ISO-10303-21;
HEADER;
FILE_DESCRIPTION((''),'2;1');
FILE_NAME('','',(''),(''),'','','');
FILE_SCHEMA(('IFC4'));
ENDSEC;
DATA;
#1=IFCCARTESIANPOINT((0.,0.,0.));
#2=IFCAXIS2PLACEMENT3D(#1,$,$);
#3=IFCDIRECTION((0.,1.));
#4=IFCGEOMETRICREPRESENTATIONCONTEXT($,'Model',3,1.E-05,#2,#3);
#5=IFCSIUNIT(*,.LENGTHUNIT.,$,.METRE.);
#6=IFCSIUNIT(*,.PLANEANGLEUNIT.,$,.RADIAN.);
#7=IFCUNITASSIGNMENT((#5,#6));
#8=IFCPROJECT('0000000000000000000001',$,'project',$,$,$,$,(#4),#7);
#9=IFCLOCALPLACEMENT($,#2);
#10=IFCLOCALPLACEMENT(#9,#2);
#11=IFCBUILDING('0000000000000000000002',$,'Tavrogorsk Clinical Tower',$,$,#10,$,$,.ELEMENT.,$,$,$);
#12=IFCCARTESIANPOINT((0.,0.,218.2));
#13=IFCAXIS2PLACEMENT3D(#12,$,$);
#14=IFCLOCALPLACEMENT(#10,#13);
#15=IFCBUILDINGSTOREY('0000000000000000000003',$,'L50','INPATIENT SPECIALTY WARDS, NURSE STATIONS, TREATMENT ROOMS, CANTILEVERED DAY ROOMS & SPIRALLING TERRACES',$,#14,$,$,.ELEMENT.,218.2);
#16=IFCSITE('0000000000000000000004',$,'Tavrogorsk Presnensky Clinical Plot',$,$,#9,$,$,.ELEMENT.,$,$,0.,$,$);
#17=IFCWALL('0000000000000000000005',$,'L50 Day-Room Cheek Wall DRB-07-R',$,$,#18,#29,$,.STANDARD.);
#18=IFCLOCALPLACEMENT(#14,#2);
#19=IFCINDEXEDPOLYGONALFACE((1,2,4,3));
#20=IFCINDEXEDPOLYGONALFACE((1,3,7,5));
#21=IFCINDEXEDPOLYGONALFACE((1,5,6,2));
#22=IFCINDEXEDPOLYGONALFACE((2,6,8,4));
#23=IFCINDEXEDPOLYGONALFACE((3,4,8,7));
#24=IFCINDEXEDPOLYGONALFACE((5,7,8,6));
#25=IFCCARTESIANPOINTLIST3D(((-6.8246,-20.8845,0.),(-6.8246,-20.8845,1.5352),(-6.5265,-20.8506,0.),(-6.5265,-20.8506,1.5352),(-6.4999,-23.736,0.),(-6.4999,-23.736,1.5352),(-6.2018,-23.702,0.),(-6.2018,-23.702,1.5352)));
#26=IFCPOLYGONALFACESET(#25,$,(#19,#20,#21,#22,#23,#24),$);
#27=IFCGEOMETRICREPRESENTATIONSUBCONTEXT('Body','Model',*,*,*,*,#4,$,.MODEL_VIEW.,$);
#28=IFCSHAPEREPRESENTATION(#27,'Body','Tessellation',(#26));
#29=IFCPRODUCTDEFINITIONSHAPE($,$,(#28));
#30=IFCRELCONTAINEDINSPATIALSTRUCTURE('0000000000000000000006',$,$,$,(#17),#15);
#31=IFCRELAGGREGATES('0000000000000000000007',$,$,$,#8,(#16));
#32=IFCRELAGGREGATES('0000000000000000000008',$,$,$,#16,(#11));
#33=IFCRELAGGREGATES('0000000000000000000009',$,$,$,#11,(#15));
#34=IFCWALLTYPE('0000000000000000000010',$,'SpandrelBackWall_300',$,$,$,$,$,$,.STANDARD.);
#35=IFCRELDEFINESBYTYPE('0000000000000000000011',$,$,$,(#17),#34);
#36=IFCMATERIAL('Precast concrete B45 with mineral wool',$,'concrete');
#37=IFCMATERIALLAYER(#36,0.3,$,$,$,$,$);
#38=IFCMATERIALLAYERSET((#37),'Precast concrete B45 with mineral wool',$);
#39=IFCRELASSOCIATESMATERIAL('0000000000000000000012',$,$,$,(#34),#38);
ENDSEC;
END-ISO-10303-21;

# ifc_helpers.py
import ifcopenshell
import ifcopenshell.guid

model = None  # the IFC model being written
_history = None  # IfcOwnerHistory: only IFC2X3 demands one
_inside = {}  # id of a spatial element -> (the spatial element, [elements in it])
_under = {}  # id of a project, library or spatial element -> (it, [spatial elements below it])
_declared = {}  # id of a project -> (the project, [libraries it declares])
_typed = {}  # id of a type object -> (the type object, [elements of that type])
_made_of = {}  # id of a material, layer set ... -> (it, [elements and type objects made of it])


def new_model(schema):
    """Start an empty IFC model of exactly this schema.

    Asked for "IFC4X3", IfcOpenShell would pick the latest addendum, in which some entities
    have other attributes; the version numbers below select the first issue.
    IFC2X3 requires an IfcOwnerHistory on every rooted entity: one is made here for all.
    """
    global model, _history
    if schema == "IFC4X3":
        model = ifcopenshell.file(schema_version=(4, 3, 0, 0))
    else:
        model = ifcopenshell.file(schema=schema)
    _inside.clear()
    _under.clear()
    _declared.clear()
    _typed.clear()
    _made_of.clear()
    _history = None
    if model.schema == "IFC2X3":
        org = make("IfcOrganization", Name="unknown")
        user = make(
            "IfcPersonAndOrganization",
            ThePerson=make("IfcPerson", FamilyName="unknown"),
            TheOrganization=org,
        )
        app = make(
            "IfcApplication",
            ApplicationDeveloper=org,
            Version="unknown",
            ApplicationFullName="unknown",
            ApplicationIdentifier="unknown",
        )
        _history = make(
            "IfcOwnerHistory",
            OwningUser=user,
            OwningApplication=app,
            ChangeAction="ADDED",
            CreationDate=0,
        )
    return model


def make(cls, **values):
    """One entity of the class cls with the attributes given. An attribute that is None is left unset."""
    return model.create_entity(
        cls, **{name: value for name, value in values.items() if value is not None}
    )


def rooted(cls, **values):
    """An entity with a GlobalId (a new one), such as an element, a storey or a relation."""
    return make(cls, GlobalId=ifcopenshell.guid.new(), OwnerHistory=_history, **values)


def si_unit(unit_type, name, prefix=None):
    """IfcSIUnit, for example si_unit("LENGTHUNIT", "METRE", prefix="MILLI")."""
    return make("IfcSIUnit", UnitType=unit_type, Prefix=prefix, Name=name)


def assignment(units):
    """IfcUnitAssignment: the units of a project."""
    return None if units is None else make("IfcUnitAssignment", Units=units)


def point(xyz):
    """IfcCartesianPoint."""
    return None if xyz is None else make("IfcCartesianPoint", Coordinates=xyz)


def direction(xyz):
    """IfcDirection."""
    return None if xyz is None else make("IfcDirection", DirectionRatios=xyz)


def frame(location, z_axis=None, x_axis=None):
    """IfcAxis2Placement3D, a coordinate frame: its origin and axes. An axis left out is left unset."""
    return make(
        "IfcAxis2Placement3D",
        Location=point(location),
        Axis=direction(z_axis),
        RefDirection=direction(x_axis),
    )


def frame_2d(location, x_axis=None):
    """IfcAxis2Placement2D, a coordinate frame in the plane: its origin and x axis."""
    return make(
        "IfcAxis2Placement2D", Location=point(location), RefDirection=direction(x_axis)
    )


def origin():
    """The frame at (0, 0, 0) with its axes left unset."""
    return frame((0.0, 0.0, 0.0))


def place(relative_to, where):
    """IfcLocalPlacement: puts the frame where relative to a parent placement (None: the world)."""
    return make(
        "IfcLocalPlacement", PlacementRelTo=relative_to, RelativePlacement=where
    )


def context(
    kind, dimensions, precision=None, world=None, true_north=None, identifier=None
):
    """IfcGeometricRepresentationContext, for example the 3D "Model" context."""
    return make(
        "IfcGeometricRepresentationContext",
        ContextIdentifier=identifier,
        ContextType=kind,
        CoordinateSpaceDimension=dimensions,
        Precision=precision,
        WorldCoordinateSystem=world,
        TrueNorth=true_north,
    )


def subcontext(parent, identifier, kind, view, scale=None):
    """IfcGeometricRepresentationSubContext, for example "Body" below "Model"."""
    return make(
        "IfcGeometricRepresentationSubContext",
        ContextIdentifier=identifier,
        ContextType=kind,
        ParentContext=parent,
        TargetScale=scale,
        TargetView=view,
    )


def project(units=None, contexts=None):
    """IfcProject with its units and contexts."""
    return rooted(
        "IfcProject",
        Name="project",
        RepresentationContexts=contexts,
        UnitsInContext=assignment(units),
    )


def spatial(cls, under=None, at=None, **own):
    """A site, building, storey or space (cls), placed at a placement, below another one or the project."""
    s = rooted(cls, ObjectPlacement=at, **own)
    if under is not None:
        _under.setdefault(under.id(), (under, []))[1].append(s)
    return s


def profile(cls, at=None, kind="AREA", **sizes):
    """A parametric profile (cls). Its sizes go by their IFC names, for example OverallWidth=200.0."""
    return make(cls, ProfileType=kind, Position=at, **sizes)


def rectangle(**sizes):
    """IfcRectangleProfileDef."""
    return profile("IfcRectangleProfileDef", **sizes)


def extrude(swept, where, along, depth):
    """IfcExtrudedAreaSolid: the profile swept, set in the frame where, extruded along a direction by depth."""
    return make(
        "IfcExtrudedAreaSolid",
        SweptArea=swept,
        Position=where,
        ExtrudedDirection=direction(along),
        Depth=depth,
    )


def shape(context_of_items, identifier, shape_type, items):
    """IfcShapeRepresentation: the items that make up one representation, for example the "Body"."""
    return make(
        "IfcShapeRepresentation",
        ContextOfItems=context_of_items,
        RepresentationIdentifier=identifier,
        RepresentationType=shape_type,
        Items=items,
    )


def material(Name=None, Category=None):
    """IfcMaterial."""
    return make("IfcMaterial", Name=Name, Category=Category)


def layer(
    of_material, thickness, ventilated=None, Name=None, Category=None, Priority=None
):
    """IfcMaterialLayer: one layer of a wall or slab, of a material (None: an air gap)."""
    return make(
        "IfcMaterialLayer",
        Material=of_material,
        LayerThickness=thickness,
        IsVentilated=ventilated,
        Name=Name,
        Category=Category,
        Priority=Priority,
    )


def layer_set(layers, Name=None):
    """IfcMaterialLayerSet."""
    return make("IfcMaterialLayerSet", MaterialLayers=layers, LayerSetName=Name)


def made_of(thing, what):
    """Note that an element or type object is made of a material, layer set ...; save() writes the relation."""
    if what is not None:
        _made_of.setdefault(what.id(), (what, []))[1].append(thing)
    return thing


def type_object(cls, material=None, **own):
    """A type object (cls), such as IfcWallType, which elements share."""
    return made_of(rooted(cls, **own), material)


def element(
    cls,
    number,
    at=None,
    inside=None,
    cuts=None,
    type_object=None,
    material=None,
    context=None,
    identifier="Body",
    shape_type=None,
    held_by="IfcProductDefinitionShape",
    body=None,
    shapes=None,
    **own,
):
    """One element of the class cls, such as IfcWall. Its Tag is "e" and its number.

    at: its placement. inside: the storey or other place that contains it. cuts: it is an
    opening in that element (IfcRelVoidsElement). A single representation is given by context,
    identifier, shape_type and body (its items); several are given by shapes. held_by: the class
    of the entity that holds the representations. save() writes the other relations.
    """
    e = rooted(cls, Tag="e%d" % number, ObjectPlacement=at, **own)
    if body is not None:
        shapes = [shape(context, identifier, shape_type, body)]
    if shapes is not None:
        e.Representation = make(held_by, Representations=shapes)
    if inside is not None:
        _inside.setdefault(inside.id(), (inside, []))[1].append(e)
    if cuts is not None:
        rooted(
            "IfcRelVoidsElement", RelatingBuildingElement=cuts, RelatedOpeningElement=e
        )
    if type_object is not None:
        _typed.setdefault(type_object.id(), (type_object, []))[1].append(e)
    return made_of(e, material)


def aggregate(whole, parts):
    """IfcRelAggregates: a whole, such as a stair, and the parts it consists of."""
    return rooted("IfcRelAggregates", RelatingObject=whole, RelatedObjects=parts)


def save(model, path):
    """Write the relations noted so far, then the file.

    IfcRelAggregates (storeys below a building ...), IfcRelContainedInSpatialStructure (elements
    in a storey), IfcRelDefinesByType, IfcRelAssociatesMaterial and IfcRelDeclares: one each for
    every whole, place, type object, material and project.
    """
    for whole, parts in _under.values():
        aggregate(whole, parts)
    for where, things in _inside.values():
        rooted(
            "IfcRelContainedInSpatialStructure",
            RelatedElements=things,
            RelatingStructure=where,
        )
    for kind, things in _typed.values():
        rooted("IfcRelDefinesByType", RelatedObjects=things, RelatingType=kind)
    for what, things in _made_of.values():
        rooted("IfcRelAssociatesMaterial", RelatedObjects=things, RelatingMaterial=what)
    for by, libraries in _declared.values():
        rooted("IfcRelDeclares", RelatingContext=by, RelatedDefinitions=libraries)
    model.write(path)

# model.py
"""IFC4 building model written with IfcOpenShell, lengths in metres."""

from ifc_helpers import new_model, si_unit, direction, frame, frame_2d, origin, place, context, subcontext, project, spatial, rectangle, extrude, material, layer, layer_set, type_object, element, save


model = new_model("IFC4")

# Units and contexts
model_context = context("Model", 3, precision=1e-05, world=origin(), true_north=direction((0.0, 1.0)))
body_context = subcontext(model_context, "Body", "Model", "MODEL_VIEW")
ifc_project = project(units=[si_unit("LENGTHUNIT", "METRE"), si_unit("PLANEANGLEUNIT", "RADIAN")], contexts=[model_context])

# Site, building, storey
site_placement = place(None, origin())
site = spatial("IfcSite", under=ifc_project, at=site_placement, Name="Tavrogorsk Presnensky Clinical Plot", CompositionType="ELEMENT", RefElevation=0.0)
building_placement = place(site_placement, origin())
building = spatial("IfcBuilding", under=site, at=building_placement, Name="Tavrogorsk Clinical Tower", CompositionType="ELEMENT")
storey_placement = place(building_placement, frame((0.0, 0.0, 218.2)))
storey = spatial("IfcBuildingStorey", under=building, at=storey_placement, Name="L50", Description="INPATIENT SPECIALTY WARDS, NURSE STATIONS, TREATMENT ROOMS, CANTILEVERED DAY ROOMS & SPIRALLING TERRACES", CompositionType="ELEMENT", Elevation=218.2)

# Wall
ifc_material_1 = material(Name="Precast concrete B45 with mineral wool", Category="concrete")
ifc_layer_1 = layer(ifc_material_1, 0.3)
ifc_layer_set_1 = layer_set([ifc_layer_1], Name="Precast concrete B45 with mineral wool")
wall_type_1 = type_object("IfcWallType", Name="SpandrelBackWall_300", PredefinedType="STANDARD", material=ifc_layer_set_1)
wall_1_placement = place(storey_placement, frame((-6.6755, -20.8674, 0.0), z_axis=(0.0, 0.0, 1.0), x_axis=(0.113139, -0.993579, 0.0)))
element("IfcWall", 1, at=wall_1_placement, inside=storey, type_object=wall_type_1, Name="L50 Day-Room Cheek Wall DRB-07-R", PredefinedType="STANDARD", context=body_context, shape_type="SweptSolid", body=[
    extrude(rectangle(XDim=2.8699, YDim=0.3, at=frame_2d((1.4351, 0.0))), origin(), (0.0, 0.0, 1.0), 1.5352),
])

save(model, "model.ifc")
